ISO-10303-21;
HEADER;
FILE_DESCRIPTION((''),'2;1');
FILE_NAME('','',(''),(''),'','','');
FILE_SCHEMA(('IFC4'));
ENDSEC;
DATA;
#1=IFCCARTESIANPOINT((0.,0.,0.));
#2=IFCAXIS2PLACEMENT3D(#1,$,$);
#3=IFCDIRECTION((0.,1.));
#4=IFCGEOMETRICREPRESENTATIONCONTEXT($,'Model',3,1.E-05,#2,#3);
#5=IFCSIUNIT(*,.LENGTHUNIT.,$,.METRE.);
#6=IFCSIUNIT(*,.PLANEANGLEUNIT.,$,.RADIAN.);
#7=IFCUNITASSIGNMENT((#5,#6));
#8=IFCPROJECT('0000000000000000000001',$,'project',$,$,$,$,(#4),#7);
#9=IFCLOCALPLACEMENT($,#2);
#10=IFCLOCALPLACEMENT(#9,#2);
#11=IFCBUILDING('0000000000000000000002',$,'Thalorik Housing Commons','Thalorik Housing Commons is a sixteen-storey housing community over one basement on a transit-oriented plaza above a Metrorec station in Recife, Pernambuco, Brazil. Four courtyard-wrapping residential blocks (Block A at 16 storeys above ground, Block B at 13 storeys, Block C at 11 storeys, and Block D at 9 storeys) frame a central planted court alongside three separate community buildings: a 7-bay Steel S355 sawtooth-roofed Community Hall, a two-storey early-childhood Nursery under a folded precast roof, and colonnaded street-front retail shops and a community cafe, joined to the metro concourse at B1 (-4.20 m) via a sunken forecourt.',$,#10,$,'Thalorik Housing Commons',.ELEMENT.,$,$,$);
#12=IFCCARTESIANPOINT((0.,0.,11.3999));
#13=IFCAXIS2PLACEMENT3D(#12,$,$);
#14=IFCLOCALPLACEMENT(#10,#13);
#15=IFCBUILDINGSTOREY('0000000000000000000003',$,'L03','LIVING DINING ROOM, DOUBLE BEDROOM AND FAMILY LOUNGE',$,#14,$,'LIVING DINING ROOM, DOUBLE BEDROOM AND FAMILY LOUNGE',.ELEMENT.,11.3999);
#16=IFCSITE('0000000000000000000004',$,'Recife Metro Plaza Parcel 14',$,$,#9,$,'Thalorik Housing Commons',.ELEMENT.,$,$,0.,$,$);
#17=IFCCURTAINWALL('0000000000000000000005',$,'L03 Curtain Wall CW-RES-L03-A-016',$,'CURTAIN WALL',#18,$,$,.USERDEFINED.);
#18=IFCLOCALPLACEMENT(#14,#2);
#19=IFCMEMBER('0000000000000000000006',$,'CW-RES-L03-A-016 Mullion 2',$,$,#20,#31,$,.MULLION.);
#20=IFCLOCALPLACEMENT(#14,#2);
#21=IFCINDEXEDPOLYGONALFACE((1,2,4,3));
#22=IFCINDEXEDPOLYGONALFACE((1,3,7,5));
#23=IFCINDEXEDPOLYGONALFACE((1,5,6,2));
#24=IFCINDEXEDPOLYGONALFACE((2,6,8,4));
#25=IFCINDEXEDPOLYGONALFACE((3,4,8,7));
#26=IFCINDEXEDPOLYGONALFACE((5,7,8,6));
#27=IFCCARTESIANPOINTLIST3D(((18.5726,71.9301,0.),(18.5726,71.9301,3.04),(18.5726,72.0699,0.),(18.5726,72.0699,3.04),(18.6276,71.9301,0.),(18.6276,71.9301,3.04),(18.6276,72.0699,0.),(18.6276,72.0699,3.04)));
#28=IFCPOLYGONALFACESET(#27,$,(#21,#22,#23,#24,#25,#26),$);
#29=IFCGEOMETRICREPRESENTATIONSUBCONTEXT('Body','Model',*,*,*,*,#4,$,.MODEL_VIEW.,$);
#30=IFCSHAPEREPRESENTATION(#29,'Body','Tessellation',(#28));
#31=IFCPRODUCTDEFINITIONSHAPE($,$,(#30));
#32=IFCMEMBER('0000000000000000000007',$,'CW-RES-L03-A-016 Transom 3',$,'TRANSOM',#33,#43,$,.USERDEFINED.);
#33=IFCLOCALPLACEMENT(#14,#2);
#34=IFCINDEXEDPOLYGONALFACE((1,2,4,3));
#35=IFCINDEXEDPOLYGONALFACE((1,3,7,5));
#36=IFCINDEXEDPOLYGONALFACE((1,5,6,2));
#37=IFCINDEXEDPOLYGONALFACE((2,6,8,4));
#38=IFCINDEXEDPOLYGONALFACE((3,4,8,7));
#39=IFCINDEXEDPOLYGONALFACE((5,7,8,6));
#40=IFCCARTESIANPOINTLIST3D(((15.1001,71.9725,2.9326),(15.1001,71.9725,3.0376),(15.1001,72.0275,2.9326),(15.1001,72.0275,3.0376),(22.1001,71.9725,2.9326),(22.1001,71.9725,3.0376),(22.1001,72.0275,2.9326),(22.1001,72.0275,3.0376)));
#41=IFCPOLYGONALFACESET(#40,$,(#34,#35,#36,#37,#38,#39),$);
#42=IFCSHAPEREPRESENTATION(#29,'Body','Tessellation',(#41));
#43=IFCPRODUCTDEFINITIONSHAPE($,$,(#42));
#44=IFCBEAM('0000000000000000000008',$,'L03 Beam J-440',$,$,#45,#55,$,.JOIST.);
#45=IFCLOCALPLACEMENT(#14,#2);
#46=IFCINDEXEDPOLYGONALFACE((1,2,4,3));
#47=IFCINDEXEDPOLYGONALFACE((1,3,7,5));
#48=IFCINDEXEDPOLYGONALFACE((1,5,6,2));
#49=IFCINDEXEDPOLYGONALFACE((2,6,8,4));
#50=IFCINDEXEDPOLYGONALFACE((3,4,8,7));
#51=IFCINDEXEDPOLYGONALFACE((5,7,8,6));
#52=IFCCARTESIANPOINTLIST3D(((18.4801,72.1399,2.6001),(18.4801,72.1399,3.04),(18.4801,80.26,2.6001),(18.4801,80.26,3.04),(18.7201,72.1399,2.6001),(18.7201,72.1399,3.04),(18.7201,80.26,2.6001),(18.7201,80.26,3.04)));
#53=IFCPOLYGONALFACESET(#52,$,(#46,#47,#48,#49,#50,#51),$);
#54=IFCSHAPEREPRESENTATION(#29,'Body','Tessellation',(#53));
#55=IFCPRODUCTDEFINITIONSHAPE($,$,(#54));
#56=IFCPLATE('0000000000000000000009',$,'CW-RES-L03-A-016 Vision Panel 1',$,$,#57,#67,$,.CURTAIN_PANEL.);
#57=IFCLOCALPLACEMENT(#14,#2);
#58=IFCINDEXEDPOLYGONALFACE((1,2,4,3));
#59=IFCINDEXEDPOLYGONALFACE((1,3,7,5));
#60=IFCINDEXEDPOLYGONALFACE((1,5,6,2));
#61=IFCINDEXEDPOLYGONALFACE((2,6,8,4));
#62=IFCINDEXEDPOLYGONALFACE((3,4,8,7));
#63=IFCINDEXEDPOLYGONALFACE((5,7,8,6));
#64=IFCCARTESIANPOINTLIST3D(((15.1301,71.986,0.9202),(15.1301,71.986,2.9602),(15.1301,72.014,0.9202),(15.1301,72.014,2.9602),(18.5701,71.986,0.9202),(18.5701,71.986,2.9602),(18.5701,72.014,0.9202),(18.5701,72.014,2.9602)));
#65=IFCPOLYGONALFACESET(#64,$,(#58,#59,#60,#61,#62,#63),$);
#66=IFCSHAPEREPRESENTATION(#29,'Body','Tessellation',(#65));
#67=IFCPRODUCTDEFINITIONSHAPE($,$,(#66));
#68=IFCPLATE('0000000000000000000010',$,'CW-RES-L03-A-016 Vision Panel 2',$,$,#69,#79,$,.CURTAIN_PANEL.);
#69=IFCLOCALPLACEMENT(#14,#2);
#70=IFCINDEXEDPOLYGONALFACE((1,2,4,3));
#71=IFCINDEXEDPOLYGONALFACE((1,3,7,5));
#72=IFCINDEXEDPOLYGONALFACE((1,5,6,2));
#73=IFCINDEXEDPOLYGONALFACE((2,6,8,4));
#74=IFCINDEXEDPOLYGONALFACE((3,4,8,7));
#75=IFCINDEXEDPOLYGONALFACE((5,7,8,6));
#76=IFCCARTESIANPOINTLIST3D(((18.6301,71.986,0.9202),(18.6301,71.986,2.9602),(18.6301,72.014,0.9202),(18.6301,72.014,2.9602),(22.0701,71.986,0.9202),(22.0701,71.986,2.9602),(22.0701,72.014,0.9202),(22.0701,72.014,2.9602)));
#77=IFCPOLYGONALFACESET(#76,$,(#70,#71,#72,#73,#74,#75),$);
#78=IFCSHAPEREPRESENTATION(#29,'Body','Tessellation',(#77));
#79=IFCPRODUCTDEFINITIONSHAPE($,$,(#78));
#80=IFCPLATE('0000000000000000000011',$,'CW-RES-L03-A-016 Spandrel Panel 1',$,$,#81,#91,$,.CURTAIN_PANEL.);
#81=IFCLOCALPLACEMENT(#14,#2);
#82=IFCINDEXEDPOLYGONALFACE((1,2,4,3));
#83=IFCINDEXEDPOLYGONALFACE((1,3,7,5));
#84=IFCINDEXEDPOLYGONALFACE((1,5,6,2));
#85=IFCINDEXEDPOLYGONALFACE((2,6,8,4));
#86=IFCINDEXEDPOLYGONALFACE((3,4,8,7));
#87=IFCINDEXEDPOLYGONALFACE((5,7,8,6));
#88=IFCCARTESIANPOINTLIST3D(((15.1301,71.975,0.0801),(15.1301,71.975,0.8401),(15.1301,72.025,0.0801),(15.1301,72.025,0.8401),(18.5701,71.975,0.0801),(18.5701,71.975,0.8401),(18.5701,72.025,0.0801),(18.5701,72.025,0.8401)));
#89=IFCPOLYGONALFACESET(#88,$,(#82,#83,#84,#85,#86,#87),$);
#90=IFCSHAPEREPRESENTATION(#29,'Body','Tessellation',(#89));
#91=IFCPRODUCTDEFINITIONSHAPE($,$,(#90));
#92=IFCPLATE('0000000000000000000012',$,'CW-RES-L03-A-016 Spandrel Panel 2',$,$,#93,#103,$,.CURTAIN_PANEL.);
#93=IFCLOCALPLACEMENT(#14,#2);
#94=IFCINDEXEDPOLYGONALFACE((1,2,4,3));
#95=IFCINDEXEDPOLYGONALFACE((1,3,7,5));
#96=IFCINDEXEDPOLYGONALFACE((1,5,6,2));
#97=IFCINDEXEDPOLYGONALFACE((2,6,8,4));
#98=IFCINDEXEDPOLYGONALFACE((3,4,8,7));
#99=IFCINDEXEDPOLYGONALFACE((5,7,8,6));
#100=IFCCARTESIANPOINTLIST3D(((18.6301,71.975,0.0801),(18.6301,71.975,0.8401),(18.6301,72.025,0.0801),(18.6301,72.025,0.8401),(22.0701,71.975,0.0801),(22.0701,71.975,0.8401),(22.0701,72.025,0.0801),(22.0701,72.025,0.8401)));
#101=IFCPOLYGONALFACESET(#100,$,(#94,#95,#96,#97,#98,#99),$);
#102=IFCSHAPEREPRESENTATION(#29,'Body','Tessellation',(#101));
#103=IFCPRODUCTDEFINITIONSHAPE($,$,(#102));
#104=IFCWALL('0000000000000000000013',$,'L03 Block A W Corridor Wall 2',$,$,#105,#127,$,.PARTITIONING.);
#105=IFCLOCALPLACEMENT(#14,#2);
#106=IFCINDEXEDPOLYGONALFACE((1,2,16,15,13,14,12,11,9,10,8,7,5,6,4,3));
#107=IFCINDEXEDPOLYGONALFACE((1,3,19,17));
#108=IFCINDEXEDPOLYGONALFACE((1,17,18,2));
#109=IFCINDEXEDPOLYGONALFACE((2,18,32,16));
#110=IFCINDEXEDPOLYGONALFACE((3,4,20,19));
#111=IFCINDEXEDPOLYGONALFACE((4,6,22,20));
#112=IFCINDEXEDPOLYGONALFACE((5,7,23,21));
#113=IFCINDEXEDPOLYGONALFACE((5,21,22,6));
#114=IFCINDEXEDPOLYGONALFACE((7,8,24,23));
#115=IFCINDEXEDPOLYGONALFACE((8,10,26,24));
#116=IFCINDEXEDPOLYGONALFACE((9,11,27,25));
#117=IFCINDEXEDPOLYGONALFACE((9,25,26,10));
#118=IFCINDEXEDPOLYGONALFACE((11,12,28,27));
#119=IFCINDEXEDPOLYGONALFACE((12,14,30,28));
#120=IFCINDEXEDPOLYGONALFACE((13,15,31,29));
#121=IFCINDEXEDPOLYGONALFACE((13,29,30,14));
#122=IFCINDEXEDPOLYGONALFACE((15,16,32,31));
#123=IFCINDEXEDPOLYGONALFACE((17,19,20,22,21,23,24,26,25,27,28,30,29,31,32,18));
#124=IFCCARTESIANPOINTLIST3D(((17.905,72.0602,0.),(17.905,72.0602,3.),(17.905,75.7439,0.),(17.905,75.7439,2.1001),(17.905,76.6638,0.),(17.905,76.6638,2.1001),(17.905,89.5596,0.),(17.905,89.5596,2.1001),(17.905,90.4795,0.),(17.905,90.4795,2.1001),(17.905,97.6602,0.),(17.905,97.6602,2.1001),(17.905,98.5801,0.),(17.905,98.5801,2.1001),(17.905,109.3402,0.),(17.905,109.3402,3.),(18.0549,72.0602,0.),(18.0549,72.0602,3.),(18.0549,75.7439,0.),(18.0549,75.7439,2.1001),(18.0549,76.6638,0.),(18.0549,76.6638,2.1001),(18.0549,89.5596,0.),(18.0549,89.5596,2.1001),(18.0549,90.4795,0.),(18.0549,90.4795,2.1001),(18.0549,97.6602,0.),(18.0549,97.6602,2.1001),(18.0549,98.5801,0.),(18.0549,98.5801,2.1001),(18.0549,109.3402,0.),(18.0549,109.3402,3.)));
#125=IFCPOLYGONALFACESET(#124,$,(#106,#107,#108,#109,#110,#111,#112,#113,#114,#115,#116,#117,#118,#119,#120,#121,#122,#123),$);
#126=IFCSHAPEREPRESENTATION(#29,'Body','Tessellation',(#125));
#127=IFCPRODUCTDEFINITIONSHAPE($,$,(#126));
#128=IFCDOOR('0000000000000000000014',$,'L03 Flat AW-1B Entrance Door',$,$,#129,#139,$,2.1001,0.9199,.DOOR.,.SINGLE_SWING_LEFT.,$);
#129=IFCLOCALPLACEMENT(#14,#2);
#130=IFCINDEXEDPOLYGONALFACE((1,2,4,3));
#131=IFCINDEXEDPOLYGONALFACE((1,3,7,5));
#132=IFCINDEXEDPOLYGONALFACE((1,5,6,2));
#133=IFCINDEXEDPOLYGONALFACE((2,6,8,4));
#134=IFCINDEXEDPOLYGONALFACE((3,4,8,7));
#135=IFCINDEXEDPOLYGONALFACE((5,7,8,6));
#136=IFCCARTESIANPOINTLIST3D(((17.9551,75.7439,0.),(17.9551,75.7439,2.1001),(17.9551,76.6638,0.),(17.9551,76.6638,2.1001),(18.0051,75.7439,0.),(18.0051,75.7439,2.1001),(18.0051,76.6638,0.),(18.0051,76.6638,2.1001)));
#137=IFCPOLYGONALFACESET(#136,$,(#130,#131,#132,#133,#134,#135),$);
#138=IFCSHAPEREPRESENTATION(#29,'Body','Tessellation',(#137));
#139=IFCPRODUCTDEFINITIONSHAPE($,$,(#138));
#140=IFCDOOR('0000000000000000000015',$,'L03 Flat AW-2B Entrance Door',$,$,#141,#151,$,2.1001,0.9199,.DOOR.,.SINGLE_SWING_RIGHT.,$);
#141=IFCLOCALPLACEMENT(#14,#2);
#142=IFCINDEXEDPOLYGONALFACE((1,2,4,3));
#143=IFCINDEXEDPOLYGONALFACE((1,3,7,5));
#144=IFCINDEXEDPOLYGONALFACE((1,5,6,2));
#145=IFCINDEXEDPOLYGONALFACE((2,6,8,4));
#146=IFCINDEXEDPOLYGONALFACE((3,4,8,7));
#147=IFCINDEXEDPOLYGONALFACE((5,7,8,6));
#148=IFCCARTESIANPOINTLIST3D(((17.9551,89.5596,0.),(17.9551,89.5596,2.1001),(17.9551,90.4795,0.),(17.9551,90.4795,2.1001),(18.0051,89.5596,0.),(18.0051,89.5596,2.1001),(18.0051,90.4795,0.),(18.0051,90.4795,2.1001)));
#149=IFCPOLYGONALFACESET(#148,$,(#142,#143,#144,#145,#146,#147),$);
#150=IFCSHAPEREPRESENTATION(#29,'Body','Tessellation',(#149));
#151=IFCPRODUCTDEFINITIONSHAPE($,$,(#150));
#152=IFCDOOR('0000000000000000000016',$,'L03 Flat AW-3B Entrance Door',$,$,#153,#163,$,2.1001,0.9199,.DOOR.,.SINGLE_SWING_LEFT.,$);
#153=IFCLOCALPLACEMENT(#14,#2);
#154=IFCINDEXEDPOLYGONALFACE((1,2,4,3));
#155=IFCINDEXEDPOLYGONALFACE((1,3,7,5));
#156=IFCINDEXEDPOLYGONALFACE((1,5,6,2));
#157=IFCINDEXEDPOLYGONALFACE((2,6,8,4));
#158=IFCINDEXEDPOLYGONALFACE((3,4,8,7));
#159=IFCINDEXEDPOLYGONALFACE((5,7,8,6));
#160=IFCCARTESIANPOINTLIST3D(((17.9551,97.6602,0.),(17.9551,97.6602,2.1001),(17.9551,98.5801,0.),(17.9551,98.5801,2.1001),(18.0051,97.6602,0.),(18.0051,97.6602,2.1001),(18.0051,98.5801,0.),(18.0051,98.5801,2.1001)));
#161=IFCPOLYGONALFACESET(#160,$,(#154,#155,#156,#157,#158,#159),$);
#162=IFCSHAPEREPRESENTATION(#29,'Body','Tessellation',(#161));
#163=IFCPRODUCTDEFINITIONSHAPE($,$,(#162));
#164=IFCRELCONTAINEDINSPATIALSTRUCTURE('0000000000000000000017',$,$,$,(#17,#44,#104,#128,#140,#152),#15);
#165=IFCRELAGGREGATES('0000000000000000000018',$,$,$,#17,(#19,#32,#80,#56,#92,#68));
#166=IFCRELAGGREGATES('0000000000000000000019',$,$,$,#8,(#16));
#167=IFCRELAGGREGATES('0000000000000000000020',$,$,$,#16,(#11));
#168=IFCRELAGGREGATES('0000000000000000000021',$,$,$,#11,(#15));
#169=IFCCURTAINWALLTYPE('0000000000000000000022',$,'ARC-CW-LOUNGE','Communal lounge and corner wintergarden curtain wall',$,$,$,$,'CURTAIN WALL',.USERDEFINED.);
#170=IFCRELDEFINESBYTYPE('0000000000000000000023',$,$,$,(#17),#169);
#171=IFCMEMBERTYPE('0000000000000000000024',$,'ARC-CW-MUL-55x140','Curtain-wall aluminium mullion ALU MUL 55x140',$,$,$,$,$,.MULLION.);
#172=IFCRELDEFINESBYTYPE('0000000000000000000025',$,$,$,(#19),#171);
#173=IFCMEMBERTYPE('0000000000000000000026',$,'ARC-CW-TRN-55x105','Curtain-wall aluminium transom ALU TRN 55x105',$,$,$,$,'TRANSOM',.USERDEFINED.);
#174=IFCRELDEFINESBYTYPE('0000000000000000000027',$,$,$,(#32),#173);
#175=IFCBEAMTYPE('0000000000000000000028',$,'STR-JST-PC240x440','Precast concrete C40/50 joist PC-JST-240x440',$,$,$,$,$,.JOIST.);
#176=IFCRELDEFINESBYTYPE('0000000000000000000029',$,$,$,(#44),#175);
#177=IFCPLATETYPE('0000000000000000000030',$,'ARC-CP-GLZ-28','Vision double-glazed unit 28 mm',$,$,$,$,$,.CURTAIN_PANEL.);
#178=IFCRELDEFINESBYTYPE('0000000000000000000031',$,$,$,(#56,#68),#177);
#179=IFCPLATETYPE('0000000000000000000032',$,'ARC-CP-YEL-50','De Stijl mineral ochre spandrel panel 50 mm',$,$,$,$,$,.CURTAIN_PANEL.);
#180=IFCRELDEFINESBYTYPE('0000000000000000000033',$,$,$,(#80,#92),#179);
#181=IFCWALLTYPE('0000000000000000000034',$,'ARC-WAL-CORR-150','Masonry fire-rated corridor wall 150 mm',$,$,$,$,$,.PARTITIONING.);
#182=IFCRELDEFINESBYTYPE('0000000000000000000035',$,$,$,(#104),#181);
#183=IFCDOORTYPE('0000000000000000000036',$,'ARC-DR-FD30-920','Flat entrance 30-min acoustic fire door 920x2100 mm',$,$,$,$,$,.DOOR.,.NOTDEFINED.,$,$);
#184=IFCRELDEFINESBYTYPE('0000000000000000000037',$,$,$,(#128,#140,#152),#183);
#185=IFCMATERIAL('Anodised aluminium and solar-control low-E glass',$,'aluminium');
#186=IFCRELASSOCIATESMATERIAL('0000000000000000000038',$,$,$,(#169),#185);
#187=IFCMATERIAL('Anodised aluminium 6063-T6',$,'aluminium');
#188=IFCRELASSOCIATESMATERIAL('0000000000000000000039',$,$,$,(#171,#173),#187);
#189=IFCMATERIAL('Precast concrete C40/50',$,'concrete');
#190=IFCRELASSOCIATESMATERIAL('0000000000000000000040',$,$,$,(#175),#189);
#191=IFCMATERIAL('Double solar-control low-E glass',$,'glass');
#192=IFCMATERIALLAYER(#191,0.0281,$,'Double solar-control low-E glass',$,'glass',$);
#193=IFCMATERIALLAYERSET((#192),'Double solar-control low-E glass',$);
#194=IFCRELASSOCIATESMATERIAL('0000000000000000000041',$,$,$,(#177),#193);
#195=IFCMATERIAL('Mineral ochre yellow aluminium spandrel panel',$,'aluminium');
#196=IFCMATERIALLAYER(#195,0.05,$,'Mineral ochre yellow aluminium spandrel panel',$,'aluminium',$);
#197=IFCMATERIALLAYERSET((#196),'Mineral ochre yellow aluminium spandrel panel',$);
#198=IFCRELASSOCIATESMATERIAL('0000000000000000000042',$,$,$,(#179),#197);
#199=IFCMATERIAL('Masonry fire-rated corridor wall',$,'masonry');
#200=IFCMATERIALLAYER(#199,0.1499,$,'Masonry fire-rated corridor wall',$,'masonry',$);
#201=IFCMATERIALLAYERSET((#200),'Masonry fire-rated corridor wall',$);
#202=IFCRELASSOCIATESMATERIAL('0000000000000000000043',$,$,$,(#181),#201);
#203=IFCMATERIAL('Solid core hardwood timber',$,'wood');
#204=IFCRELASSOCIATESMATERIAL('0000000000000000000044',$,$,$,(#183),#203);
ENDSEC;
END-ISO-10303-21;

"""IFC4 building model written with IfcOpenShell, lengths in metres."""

from ifc_helpers import new_model, si_unit, direction, frame, frame_2d, origin, origin_2d, place, context, subcontext, project, spatial, rectangle, extrude, material, layer, layer_set, material_profile, profile_set, type_object, element, fill, aggregate, save


model = new_model("IFC4")

# Units and contexts
model_context = context("Model", 3, precision=1e-05, world=origin(), true_north=direction((0.0, 1.0)))
body_context = subcontext(model_context, "Body", "Model", "MODEL_VIEW")
ifc_project = project(units=[si_unit("LENGTHUNIT", "METRE"), si_unit("PLANEANGLEUNIT", "RADIAN")], contexts=[model_context])

# Site, building, storey
site_placement = place(None, origin())
site = spatial("IfcSite", under=ifc_project, at=site_placement, Name="Recife Metro Plaza Parcel 14", LongName="Thalorik Housing Commons", CompositionType="ELEMENT", RefElevation=0.0)
building_placement = place(site_placement, origin())
building = spatial("IfcBuilding", under=site, at=building_placement, Name="Thalorik Housing Commons", Description="Thalorik Housing Commons is a sixteen-storey housing community over one basement on a transit-oriented plaza above a Metrorec station in Recife, Pernambuco, Brazil. Four courtyard-wrapping residential blocks (Block A at 16 storeys above ground, Block B at 13 storeys, Block C at 11 storeys, and Block D at 9 storeys) frame a central planted court alongside three separate community buildings: a 7-bay Steel S355 sawtooth-roofed Community Hall, a two-storey early-childhood Nursery under a folded precast roof, and colonnaded street-front retail shops and a community cafe, joined to the metro concourse at B1 (-4.20 m) via a sunken forecourt.", LongName="Thalorik Housing Commons", CompositionType="ELEMENT")
storey_placement = place(building_placement, frame((0.0, 0.0, 11.3999)))
storey = spatial("IfcBuildingStorey", under=building, at=storey_placement, Name="L03", Description="LIVING DINING ROOM, DOUBLE BEDROOM AND FAMILY LOUNGE", LongName="LIVING DINING ROOM, DOUBLE BEDROOM AND FAMILY LOUNGE", CompositionType="ELEMENT", Elevation=11.3999)

# Curtain wall, members
ifc_material_1 = material(Name="Anodised aluminium and solar-control low-E glass", Category="aluminium")
curtain_wall_type = type_object("IfcCurtainWallType", Name="ARC-CW-LOUNGE", Description="Communal lounge and corner wintergarden curtain wall", ElementType="CURTAIN WALL", PredefinedType="USERDEFINED", material=ifc_material_1)
curtain_wall_placement = place(storey_placement, origin())
curtain_wall = element("IfcCurtainWall", 1, at=curtain_wall_placement, inside=storey, type_object=curtain_wall_type, Name="L03 Curtain Wall CW-RES-L03-A-016", ObjectType="CURTAIN WALL", PredefinedType="USERDEFINED")
ifc_material_2 = material(Name="Anodised aluminium 6063-T6", Category="aluminium")
ifc_material_profile_1 = material_profile(ifc_material_2, rectangle(XDim=0.0549, YDim=0.1399, at=origin_2d()), Name="ALU MUL 55x140", Category="aluminium")
ifc_profile_set_1 = profile_set([ifc_material_profile_1], Name="Anodised aluminium 6063-T6")
member_type_1 = type_object("IfcMemberType", Name="ARC-CW-MUL-55x140", Description="Curtain-wall aluminium mullion ALU MUL 55x140", PredefinedType="MULLION", material=ifc_profile_set_1)
member_1_placement = place(storey_placement, frame((18.6001, 72.0, 0.0), z_axis=(0.0, 0.0, 1.0), x_axis=(1.0, 0.0, 0.0)))
member_1 = element("IfcMember", 2, at=member_1_placement, type_object=member_type_1, Name="CW-RES-L03-A-016 Mullion 2", PredefinedType="MULLION", context=body_context, shape_type="SweptSolid", body=[
    extrude(rectangle(XDim=0.0549, YDim=0.1399, at=origin_2d()), origin(), (0.0, 0.0, 1.0), 3.04),
])
ifc_material_profile_2 = material_profile(ifc_material_2, rectangle(XDim=0.0549, YDim=0.105, at=origin_2d()), Name="ALU TRN 55x105", Category="aluminium")
ifc_profile_set_2 = profile_set([ifc_material_profile_2], Name="Anodised aluminium 6063-T6")
member_type_2 = type_object("IfcMemberType", Name="ARC-CW-TRN-55x105", Description="Curtain-wall aluminium transom ALU TRN 55x105", ElementType="TRANSOM", PredefinedType="USERDEFINED", material=ifc_profile_set_2)
member_2_placement = place(storey_placement, frame((15.1001, 72.0, 2.9851), z_axis=(1.0, 0.0, 0.0), x_axis=(0.0, 1.0, 0.0)))
member_2 = element("IfcMember", 3, at=member_2_placement, type_object=member_type_2, Name="CW-RES-L03-A-016 Transom 3", ObjectType="TRANSOM", PredefinedType="USERDEFINED", context=body_context, shape_type="SweptSolid", body=[
    extrude(rectangle(XDim=0.0549, YDim=0.105, at=origin_2d()), origin(), (0.0, 0.0, 1.0), 7.0),
])

# Beam
ifc_material_3 = material(Name="Precast concrete C40/50", Category="concrete")
ifc_material_profile_3 = material_profile(ifc_material_3, rectangle(XDim=0.24, YDim=0.4399, at=origin_2d()), Name="PC JST 240x440", Category="concrete")
ifc_profile_set_3 = profile_set([ifc_material_profile_3], Name="Precast concrete C40/50")
beam_type = type_object("IfcBeamType", Name="STR-JST-PC240x440", Description="Precast concrete C40/50 joist PC-JST-240x440", PredefinedType="JOIST", material=ifc_profile_set_3)
beam_placement = place(storey_placement, frame((18.6001, 72.1399, 2.8201), z_axis=(0.0, 1.0, 0.0), x_axis=(-1.0, 0.0, 0.0)))
element("IfcBeam", 4, at=beam_placement, inside=storey, type_object=beam_type, Name="L03 Beam J-440", PredefinedType="JOIST", context=body_context, shape_type="SweptSolid", body=[
    extrude(rectangle(XDim=0.24, YDim=0.4399, at=origin_2d()), origin(), (0.0, 0.0, 1.0), 8.1201),
])

# Plates
ifc_material_4 = material(Name="Double solar-control low-E glass", Category="glass")
ifc_layer_1 = layer(ifc_material_4, 0.0281, Name="Double solar-control low-E glass", Category="glass")
ifc_layer_set_1 = layer_set([ifc_layer_1], Name="Double solar-control low-E glass")
plate_type_1 = type_object("IfcPlateType", Name="ARC-CP-GLZ-28", Description="Vision double-glazed unit 28 mm", PredefinedType="CURTAIN_PANEL", material=ifc_layer_set_1)
plate_1_placement = place(storey_placement, frame((16.8501, 72.0, 0.9202), z_axis=(0.0, 0.0, 1.0), x_axis=(1.0, 0.0, 0.0)))
plate_1 = element("IfcPlate", 5, at=plate_1_placement, type_object=plate_type_1, Name="CW-RES-L03-A-016 Vision Panel 1", PredefinedType="CURTAIN_PANEL", context=body_context, shape_type="SweptSolid", body=[
    extrude(rectangle(XDim=3.4399, YDim=0.0281, at=origin_2d()), origin(), (0.0, 0.0, 1.0), 2.04),
])
plate_2_placement = place(storey_placement, frame((20.3501, 72.0, 0.9202), z_axis=(0.0, 0.0, 1.0), x_axis=(1.0, 0.0, 0.0)))
plate_2 = element("IfcPlate", 6, at=plate_2_placement, type_object=plate_type_1, Name="CW-RES-L03-A-016 Vision Panel 2", PredefinedType="CURTAIN_PANEL", context=body_context, shape_type="SweptSolid", body=[
    extrude(rectangle(XDim=3.4399, YDim=0.0281, at=origin_2d()), origin(), (0.0, 0.0, 1.0), 2.04),
])
ifc_material_5 = material(Name="Mineral ochre yellow aluminium spandrel panel", Category="aluminium")
ifc_layer_2 = layer(ifc_material_5, 0.05, Name="Mineral ochre yellow aluminium spandrel panel", Category="aluminium")
ifc_layer_set_2 = layer_set([ifc_layer_2], Name="Mineral ochre yellow aluminium spandrel panel")
plate_type_2 = type_object("IfcPlateType", Name="ARC-CP-YEL-50", Description="De Stijl mineral ochre spandrel panel 50 mm", PredefinedType="CURTAIN_PANEL", material=ifc_layer_set_2)
plate_3_placement = place(storey_placement, frame((16.8501, 72.0, 0.0801), z_axis=(0.0, 0.0, 1.0), x_axis=(1.0, 0.0, 0.0)))
plate_3 = element("IfcPlate", 7, at=plate_3_placement, type_object=plate_type_2, Name="CW-RES-L03-A-016 Spandrel Panel 1", PredefinedType="CURTAIN_PANEL", context=body_context, shape_type="SweptSolid", body=[
    extrude(rectangle(XDim=3.4399, YDim=0.05, at=origin_2d()), origin(), (0.0, 0.0, 1.0), 0.76),
])
plate_4_placement = place(storey_placement, frame((20.3501, 72.0, 0.0801), z_axis=(0.0, 0.0, 1.0), x_axis=(1.0, 0.0, 0.0)))
plate_4 = element("IfcPlate", 8, at=plate_4_placement, type_object=plate_type_2, Name="CW-RES-L03-A-016 Spandrel Panel 2", PredefinedType="CURTAIN_PANEL", context=body_context, shape_type="SweptSolid", body=[
    extrude(rectangle(XDim=3.4399, YDim=0.05, at=origin_2d()), origin(), (0.0, 0.0, 1.0), 0.76),
])
aggregate(curtain_wall, [member_1, member_2, plate_3, plate_1, plate_4, plate_2])

# Wall, openings, doors
ifc_material_6 = material(Name="Masonry fire-rated corridor wall", Category="masonry")
ifc_layer_3 = layer(ifc_material_6, 0.1499, Name="Masonry fire-rated corridor wall", Category="masonry")
ifc_layer_set_3 = layer_set([ifc_layer_3], Name="Masonry fire-rated corridor wall")
wall_type_1 = type_object("IfcWallType", Name="ARC-WAL-CORR-150", Description="Masonry fire-rated corridor wall 150 mm", PredefinedType="PARTITIONING", material=ifc_layer_set_3)
wall_1_placement = place(storey_placement, frame((17.98, 72.0601, 0.0), z_axis=(0.0, 0.0, 1.0), x_axis=(0.0, 1.0, 0.0)))
wall_1 = element("IfcWall", 9, at=wall_1_placement, inside=storey, type_object=wall_type_1, Name="L03 Block A W Corridor Wall 2", PredefinedType="PARTITIONING", context=body_context, shape_type="SweptSolid", body=[
    extrude(rectangle(XDim=37.28, YDim=0.1499, at=frame_2d((18.6401, 0.0))), origin(), (0.0, 0.0, 1.0), 3.0),
])
opening_1_placement = place(wall_1_placement, frame((3.6838, 0.0, 0.0)))
opening_1 = element("IfcOpeningElement", 10, at=opening_1_placement, cuts=wall_1, PredefinedType="OPENING", context=body_context, shape_type="SweptSolid", body=[
    extrude(rectangle(XDim=0.9199, YDim=2.1001, at=frame_2d((0.46, 1.05))), frame((0.0, 0.085, 0.0), z_axis=(0.0, -1.0, 0.0), x_axis=(1.0, 0.0, 0.0)), (0.0, 0.0, 1.0), 0.1699),
])
opening_2_placement = place(wall_1_placement, frame((17.4995, 0.0, 0.0)))
opening_2 = element("IfcOpeningElement", 11, at=opening_2_placement, cuts=wall_1, PredefinedType="OPENING", context=body_context, shape_type="SweptSolid", body=[
    extrude(rectangle(XDim=0.9199, YDim=2.1001, at=frame_2d((0.46, 1.05))), frame((0.0, 0.085, 0.0), z_axis=(0.0, -1.0, 0.0), x_axis=(1.0, 0.0, 0.0)), (0.0, 0.0, 1.0), 0.1699),
])
opening_3_placement = place(wall_1_placement, frame((25.6001, 0.0, 0.0)))
opening_3 = element("IfcOpeningElement", 12, at=opening_3_placement, cuts=wall_1, PredefinedType="OPENING", context=body_context, shape_type="SweptSolid", body=[
    extrude(rectangle(XDim=0.9199, YDim=2.1001, at=frame_2d((0.46, 1.05))), frame((0.0, 0.085, 0.0), z_axis=(0.0, -1.0, 0.0), x_axis=(1.0, 0.0, 0.0)), (0.0, 0.0, 1.0), 0.1699),
])
ifc_material_7 = material(Name="Solid core hardwood timber", Category="wood")
door_type_1 = type_object("IfcDoorType", Name="ARC-DR-FD30-920", Description="Flat entrance 30-min acoustic fire door 920x2100 mm", OperationType="NOTDEFINED", PredefinedType="DOOR", material=ifc_material_7)
door_1_placement = place(opening_1_placement, origin())
door_1 = element("IfcDoor", 13, at=door_1_placement, inside=storey, type_object=door_type_1, Name="L03 Flat AW-1B Entrance Door", OperationType="SINGLE_SWING_LEFT", OverallHeight=2.1001, OverallWidth=0.9199, PredefinedType="DOOR", context=body_context, shape_type="SweptSolid", body=[
    extrude(rectangle(XDim=0.9199, YDim=2.1001, at=frame_2d((0.46, 1.05))), frame((0.0, 0.0249, 0.0), z_axis=(0.0, -1.0, 0.0), x_axis=(1.0, 0.0, 0.0)), (0.0, 0.0, 1.0), 0.05),
])
fill(opening_1, door_1)
door_2_placement = place(opening_2_placement, origin())
door_2 = element("IfcDoor", 14, at=door_2_placement, inside=storey, type_object=door_type_1, Name="L03 Flat AW-2B Entrance Door", OperationType="SINGLE_SWING_RIGHT", OverallHeight=2.1001, OverallWidth=0.9199, PredefinedType="DOOR", context=body_context, shape_type="SweptSolid", body=[
    extrude(rectangle(XDim=0.9199, YDim=2.1001, at=frame_2d((0.46, 1.05))), frame((0.0, 0.0249, 0.0), z_axis=(0.0, -1.0, 0.0), x_axis=(1.0, 0.0, 0.0)), (0.0, 0.0, 1.0), 0.05),
])
fill(opening_2, door_2)
door_3_placement = place(opening_3_placement, origin())
door_3 = element("IfcDoor", 15, at=door_3_placement, inside=storey, type_object=door_type_1, Name="L03 Flat AW-3B Entrance Door", OperationType="SINGLE_SWING_LEFT", OverallHeight=2.1001, OverallWidth=0.9199, PredefinedType="DOOR", context=body_context, shape_type="SweptSolid", body=[
    extrude(rectangle(XDim=0.9199, YDim=2.1001, at=frame_2d((0.46, 1.05))), frame((0.0, 0.0249, 0.0), z_axis=(0.0, -1.0, 0.0), x_axis=(1.0, 0.0, 0.0)), (0.0, 0.0, 1.0), 0.05),
])
fill(opening_3, door_3)

save(model, "model.ifc")
